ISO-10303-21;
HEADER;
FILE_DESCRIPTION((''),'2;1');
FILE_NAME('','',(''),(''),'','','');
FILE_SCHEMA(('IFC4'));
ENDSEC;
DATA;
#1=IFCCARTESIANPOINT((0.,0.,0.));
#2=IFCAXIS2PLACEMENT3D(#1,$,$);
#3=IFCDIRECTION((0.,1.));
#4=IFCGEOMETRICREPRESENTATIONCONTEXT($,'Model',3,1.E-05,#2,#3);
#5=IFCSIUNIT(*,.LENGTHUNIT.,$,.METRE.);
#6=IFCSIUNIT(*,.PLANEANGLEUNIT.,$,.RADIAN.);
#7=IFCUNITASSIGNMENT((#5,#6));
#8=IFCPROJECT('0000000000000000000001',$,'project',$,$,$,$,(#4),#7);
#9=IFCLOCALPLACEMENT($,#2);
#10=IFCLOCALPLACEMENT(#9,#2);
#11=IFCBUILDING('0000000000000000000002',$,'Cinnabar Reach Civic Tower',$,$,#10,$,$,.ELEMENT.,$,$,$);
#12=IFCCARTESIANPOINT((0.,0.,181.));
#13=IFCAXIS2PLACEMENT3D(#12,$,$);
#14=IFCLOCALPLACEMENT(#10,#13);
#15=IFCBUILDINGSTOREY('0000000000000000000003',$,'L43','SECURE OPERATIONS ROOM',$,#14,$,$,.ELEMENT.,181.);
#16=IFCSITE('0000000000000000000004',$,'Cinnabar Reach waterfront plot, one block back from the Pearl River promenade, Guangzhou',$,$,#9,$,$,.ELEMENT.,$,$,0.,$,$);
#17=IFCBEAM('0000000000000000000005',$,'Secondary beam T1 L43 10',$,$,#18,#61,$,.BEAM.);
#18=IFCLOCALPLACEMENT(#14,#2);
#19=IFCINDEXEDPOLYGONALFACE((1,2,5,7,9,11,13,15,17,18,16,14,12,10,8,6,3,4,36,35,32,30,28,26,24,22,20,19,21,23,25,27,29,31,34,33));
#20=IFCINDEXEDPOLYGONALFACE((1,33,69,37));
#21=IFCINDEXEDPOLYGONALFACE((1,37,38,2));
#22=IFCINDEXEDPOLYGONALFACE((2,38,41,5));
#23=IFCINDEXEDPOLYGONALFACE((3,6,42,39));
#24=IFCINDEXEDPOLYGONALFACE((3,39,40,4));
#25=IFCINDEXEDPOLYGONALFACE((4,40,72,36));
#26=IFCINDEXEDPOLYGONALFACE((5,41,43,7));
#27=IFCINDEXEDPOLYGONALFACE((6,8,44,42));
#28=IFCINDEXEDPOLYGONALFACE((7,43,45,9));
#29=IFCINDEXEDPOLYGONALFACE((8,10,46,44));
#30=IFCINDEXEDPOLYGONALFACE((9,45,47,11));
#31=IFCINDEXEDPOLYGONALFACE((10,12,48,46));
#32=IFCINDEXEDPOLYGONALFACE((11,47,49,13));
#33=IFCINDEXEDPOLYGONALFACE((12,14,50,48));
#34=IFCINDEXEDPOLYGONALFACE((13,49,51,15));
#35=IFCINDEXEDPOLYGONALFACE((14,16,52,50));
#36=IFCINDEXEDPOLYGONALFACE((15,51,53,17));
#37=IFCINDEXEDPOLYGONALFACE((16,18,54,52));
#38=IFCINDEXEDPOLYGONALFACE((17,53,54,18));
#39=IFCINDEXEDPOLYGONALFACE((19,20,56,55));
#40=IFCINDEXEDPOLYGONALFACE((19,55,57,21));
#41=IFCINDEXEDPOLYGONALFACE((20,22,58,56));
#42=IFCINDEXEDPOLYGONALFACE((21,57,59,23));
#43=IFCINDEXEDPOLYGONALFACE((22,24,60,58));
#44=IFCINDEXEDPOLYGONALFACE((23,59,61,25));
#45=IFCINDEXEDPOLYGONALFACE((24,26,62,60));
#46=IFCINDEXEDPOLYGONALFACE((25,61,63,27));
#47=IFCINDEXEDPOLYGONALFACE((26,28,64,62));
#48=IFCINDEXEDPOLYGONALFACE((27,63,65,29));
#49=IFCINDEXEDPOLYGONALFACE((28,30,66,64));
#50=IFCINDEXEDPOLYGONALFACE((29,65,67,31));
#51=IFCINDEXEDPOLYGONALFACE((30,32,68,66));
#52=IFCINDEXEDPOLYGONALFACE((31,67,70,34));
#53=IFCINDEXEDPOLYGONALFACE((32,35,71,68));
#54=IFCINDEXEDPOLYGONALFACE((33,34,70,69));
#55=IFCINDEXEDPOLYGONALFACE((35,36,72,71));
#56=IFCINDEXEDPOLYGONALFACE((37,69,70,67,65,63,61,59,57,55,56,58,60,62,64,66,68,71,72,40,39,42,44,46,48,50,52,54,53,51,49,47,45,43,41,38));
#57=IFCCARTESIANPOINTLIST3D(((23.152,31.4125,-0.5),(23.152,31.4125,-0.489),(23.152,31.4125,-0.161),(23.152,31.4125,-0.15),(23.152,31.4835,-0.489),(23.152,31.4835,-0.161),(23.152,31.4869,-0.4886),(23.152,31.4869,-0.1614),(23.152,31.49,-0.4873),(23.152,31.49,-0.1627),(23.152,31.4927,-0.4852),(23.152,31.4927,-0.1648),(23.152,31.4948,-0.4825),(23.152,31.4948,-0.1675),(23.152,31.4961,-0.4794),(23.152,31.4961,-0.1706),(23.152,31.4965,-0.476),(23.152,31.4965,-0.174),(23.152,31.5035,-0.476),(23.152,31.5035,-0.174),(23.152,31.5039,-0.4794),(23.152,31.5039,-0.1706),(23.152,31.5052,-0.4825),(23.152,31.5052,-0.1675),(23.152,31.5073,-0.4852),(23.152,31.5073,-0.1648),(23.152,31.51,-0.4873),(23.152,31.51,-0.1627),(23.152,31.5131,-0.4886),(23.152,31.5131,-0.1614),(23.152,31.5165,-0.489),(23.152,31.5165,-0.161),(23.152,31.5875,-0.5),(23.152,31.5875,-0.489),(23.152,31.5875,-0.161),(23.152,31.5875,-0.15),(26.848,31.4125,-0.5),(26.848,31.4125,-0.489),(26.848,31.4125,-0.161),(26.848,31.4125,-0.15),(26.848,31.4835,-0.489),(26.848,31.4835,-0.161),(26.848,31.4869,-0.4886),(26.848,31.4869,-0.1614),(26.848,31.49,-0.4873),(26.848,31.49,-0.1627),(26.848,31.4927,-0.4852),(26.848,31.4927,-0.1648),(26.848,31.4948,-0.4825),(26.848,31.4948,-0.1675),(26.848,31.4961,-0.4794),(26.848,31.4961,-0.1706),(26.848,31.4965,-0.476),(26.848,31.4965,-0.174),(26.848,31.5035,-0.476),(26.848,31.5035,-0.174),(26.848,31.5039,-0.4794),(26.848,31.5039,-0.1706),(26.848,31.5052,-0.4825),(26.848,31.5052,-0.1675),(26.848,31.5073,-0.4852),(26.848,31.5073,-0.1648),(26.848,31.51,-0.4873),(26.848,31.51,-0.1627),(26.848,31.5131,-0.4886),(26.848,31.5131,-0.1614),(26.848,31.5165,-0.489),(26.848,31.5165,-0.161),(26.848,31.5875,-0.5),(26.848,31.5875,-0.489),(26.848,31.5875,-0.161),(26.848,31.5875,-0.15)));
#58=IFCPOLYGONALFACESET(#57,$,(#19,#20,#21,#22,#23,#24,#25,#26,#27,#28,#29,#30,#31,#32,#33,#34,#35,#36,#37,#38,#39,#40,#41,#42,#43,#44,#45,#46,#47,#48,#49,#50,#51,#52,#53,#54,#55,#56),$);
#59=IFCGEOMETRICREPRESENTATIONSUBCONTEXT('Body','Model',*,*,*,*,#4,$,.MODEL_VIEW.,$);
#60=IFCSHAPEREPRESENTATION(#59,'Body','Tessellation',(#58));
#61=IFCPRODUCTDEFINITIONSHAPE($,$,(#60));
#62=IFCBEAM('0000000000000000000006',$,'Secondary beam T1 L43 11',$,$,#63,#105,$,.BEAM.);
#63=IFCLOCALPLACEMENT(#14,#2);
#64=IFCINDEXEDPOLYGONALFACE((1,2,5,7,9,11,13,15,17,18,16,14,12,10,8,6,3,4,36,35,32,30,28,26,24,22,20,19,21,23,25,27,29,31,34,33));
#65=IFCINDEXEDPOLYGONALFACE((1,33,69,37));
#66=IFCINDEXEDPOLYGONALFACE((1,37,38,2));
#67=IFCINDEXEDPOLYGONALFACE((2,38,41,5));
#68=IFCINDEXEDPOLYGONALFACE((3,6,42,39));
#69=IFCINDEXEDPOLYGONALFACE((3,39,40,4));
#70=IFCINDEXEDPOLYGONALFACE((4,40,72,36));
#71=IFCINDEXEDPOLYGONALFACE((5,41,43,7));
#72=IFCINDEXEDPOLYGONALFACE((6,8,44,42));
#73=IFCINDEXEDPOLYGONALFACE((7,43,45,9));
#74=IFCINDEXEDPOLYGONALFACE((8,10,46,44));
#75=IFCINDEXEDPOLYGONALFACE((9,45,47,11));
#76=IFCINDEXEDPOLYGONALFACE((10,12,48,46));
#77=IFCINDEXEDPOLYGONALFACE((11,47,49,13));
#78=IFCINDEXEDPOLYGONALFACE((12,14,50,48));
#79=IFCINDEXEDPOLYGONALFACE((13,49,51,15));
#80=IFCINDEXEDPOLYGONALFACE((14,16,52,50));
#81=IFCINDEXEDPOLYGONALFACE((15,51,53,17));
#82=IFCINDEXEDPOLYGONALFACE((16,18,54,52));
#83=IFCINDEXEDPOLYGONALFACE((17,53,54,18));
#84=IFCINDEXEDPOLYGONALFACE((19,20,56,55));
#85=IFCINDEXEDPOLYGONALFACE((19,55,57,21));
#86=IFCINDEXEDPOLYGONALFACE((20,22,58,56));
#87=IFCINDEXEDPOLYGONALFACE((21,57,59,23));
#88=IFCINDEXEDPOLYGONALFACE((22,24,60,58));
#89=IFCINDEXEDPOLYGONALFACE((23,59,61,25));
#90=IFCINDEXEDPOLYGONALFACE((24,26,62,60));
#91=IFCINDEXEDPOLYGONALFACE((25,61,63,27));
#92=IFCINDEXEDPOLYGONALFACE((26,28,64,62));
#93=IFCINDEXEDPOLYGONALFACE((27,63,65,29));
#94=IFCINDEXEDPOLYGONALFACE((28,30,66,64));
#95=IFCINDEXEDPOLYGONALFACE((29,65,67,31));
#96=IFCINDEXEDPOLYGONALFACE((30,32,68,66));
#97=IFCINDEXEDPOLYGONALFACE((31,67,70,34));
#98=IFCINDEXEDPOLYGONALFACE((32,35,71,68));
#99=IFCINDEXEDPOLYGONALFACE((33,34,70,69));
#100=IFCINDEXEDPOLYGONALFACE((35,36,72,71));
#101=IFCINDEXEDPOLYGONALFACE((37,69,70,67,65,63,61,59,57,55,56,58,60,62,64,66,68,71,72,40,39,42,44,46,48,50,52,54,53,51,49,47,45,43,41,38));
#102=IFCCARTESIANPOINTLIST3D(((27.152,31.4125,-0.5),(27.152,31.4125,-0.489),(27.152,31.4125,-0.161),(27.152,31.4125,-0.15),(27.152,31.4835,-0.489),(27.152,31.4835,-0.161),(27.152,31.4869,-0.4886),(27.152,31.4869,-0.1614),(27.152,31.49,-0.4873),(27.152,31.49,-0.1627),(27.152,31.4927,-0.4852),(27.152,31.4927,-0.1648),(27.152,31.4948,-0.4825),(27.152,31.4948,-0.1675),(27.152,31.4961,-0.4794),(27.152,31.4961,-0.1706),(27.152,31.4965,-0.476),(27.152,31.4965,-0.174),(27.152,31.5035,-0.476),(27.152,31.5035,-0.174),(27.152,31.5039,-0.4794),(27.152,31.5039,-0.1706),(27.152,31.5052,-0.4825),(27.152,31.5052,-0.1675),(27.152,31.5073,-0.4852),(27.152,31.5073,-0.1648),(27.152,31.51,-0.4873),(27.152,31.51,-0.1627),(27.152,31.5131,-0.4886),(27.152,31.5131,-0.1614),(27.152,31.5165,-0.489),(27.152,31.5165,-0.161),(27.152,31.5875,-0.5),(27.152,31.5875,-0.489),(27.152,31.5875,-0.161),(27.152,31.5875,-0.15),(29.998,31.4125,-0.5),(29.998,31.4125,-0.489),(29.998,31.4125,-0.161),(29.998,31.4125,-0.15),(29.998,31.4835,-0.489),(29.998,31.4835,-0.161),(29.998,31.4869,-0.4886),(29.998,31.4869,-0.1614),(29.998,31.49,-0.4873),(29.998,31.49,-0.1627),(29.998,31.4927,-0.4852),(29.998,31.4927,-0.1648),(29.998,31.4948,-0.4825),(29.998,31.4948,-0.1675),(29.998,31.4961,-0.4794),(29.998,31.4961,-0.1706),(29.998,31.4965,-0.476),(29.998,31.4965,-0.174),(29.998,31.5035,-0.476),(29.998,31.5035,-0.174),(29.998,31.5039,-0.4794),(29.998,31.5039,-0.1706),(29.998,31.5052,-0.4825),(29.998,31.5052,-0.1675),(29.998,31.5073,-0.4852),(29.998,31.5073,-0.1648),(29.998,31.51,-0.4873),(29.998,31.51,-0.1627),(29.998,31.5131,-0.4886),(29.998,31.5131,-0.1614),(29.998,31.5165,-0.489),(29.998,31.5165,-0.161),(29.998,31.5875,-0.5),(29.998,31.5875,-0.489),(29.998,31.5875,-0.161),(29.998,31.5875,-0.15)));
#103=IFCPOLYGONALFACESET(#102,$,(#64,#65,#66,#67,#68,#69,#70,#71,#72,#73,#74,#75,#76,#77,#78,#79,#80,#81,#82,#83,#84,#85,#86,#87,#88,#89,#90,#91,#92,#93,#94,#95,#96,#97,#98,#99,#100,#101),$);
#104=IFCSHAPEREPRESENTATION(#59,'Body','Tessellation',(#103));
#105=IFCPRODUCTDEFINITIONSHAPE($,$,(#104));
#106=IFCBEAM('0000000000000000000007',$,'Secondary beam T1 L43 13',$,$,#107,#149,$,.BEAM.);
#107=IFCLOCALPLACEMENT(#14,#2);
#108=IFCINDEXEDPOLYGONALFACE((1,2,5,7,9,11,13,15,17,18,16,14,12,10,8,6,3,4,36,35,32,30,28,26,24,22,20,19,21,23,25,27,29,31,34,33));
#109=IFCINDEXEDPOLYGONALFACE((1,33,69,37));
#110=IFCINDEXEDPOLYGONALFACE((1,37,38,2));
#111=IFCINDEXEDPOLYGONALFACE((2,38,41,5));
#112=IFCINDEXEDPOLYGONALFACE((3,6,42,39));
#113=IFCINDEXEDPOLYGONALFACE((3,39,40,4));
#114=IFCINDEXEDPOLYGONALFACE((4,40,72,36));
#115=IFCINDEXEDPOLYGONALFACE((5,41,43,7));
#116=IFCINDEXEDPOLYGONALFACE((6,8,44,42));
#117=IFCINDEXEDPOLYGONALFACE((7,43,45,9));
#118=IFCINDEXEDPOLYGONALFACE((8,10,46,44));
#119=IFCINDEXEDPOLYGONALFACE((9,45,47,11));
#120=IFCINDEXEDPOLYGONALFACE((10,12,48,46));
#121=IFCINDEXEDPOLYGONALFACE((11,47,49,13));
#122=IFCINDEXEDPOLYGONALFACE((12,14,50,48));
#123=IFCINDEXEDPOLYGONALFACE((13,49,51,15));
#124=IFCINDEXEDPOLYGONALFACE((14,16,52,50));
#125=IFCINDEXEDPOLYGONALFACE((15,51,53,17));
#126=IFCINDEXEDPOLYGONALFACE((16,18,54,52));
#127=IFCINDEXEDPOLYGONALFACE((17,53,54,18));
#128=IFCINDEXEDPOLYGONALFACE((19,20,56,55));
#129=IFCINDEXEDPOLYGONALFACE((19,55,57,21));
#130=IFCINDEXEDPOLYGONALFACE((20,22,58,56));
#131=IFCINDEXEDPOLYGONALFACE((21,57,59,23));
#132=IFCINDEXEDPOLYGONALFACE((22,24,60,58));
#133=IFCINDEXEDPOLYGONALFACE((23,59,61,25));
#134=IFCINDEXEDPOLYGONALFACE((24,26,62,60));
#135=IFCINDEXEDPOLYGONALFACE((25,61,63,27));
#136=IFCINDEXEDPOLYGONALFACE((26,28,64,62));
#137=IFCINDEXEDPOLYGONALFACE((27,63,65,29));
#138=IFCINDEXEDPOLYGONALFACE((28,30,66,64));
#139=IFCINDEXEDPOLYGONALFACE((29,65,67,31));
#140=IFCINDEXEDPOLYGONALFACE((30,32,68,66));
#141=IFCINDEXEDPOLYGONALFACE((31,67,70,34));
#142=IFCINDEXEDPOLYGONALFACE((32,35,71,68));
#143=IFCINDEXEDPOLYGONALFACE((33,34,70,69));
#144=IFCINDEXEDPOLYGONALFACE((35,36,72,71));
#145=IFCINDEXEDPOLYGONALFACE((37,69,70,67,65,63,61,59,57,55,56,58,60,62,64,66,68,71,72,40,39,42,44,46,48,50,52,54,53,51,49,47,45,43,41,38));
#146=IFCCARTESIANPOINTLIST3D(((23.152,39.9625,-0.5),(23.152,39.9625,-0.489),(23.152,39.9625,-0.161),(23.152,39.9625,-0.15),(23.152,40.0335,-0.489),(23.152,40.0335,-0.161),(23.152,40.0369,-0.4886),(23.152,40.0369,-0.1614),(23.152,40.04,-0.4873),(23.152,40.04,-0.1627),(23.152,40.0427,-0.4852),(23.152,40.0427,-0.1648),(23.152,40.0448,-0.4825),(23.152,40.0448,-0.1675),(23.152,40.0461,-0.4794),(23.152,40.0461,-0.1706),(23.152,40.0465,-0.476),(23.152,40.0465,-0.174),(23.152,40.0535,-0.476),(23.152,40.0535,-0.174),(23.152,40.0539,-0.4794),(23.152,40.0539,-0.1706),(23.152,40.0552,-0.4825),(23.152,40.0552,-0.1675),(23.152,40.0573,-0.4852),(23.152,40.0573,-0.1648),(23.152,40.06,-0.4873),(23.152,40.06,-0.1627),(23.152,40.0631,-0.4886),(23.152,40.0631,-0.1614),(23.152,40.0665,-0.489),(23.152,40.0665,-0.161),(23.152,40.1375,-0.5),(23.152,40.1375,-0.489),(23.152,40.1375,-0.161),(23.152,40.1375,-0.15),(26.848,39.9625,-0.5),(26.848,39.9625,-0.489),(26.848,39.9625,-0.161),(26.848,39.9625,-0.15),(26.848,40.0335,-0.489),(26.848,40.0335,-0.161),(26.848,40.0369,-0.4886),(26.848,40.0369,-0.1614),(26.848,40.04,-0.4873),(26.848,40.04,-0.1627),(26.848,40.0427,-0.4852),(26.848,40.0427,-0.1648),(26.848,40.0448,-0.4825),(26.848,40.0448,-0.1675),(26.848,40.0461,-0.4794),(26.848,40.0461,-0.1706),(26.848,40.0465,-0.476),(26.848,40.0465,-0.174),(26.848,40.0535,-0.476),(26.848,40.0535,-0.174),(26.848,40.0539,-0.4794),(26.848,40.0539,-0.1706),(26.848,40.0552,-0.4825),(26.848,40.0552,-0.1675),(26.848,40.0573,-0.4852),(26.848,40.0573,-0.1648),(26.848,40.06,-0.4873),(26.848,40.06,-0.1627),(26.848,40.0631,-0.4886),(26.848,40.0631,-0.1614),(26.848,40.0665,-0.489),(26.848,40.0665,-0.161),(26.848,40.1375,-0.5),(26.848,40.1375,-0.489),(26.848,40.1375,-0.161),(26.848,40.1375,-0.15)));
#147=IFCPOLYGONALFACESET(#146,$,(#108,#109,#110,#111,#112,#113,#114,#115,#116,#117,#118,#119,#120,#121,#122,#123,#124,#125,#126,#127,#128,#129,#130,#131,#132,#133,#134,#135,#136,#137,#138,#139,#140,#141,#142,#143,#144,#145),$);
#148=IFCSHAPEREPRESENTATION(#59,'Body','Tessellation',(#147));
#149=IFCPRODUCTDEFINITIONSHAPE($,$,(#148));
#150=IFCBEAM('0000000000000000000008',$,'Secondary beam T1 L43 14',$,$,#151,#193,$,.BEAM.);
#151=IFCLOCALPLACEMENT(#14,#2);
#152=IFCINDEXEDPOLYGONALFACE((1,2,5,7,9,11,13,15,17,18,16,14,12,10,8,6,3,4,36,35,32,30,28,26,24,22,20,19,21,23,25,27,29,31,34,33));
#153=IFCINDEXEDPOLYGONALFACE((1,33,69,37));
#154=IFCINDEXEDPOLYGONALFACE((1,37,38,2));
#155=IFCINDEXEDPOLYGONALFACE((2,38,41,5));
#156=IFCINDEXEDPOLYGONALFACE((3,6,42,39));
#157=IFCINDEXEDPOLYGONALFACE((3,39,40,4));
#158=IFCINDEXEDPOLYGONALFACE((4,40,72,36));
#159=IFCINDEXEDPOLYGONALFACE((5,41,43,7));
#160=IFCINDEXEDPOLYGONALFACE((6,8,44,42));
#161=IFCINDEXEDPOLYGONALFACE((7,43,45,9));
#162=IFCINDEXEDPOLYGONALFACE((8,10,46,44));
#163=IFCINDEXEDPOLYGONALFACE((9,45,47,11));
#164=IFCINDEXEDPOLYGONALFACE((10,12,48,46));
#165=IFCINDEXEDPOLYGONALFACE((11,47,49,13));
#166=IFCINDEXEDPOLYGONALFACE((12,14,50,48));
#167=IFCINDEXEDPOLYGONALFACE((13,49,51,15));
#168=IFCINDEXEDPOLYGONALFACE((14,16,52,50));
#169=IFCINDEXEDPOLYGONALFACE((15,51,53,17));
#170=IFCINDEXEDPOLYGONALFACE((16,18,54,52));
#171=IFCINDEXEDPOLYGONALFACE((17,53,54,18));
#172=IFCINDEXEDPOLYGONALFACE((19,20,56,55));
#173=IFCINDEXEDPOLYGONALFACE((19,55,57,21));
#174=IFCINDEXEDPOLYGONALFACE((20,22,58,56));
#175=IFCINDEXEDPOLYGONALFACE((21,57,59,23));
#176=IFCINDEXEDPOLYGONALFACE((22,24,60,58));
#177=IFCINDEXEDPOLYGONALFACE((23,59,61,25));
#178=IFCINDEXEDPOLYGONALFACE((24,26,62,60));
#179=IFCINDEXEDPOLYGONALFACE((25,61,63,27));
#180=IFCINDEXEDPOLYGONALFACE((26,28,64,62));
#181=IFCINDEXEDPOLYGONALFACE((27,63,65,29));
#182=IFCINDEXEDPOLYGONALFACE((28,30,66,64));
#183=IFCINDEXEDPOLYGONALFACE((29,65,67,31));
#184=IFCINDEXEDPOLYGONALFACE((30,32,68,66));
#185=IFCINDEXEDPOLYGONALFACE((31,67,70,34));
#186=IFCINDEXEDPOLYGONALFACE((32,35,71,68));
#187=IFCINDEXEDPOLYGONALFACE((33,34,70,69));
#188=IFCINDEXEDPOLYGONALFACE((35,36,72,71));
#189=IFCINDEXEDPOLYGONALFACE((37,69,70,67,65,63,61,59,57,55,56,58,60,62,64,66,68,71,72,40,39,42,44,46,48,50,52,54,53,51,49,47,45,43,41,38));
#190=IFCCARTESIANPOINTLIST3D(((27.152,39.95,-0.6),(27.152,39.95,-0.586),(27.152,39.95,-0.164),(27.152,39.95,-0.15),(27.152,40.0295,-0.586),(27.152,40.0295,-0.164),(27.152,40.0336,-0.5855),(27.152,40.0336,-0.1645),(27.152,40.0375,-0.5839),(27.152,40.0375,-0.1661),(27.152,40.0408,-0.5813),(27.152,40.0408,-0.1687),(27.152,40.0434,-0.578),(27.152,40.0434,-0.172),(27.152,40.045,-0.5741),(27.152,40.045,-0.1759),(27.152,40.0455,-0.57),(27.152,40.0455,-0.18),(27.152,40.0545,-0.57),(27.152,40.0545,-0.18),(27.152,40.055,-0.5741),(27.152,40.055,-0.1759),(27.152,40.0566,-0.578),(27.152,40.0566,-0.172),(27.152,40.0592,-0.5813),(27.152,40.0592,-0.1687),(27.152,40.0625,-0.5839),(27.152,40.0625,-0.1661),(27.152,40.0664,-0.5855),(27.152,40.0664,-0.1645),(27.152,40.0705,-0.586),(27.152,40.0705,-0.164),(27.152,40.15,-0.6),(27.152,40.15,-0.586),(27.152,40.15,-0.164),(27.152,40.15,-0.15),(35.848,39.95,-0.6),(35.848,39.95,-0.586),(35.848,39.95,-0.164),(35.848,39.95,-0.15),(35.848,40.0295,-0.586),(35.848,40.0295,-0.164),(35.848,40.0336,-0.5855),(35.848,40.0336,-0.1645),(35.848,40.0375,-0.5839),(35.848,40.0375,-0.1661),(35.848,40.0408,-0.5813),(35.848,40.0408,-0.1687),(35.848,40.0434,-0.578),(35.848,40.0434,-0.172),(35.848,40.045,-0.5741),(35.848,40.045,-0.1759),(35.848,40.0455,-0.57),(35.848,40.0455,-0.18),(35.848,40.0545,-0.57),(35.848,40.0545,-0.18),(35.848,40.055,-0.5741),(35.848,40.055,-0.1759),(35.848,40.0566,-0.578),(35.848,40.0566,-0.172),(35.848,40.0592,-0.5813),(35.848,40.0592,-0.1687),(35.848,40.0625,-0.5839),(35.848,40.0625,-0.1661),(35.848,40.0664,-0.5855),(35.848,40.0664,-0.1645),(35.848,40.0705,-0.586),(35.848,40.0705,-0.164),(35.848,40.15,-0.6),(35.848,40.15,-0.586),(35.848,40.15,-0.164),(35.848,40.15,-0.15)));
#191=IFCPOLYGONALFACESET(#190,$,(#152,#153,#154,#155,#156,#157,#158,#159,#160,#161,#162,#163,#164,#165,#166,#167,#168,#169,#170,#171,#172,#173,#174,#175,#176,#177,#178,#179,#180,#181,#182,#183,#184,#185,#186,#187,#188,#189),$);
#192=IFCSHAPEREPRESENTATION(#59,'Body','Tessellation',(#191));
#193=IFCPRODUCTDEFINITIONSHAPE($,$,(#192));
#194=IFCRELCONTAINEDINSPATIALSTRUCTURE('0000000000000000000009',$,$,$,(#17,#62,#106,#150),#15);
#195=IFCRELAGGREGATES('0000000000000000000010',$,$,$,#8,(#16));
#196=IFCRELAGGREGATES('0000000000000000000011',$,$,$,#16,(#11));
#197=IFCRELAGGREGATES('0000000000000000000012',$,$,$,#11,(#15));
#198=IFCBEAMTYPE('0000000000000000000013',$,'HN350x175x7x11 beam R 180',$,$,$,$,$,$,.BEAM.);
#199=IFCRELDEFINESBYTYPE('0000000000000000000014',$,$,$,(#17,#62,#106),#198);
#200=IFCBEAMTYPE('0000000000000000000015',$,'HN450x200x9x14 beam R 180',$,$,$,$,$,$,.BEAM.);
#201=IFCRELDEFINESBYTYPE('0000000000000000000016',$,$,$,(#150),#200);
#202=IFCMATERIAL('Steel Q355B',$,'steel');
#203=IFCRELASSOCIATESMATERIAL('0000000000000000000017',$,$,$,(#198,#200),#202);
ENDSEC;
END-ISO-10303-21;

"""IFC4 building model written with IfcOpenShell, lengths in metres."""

from ifc_helpers import new_model, si_unit, direction, frame, origin, origin_2d, place, context, subcontext, project, spatial, i_section, extrude, material, material_profile, profile_set, type_object, element, save


model = new_model("IFC4")

# Units and contexts
model_context = context("Model", 3, precision=1e-05, world=origin(), true_north=direction((0.0, 1.0)))
body_context = subcontext(model_context, "Body", "Model", "MODEL_VIEW")
ifc_project = project(units=[si_unit("LENGTHUNIT", "METRE"), si_unit("PLANEANGLEUNIT", "RADIAN")], contexts=[model_context])

# Site, building, storey
site_placement = place(None, origin())
site = spatial("IfcSite", under=ifc_project, at=site_placement, Name="Cinnabar Reach waterfront plot, one block back from the Pearl River promenade, Guangzhou", CompositionType="ELEMENT", RefElevation=0.0)
building_placement = place(site_placement, origin())
building = spatial("IfcBuilding", under=site, at=building_placement, Name="Cinnabar Reach Civic Tower", CompositionType="ELEMENT")
storey_placement = place(building_placement, frame((0.0, 0.0, 181.0)))
storey = spatial("IfcBuildingStorey", under=building, at=storey_placement, Name="L43", Description="SECURE OPERATIONS ROOM", CompositionType="ELEMENT", Elevation=181.0)

# Beams
ifc_material_1 = material(Name="Steel Q355B", Category="steel")
ifc_material_profile_1 = material_profile(ifc_material_1, i_section(OverallWidth=0.175, OverallDepth=0.35, WebThickness=0.007, FlangeThickness=0.011, FilletRadius=0.013, at=origin_2d()), Name="HN350x175x7x11")
ifc_profile_set_1 = profile_set([ifc_material_profile_1], Name="Steel Q355B")
beam_type_1 = type_object("IfcBeamType", Name="HN350x175x7x11 beam R 180", PredefinedType="BEAM", material=ifc_profile_set_1)
beam_1_placement = place(storey_placement, frame((23.152, 31.5, -0.325), z_axis=(1.0, 0.0, 0.0), x_axis=(0.0, 1.0, 0.0)))
element("IfcBeam", 1, at=beam_1_placement, inside=storey, type_object=beam_type_1, Name="Secondary beam T1 L43 10", PredefinedType="BEAM", context=body_context, shape_type="SweptSolid", body=[
    extrude(i_section(OverallWidth=0.175, OverallDepth=0.35, WebThickness=0.007, FlangeThickness=0.011, FilletRadius=0.013, at=origin_2d()), origin(), (0.0, 0.0, 1.0), 3.696),
])
beam_2_placement = place(storey_placement, frame((27.152, 31.5, -0.325), z_axis=(1.0, 0.0, 0.0), x_axis=(0.0, 1.0, 0.0)))
element("IfcBeam", 2, at=beam_2_placement, inside=storey, type_object=beam_type_1, Name="Secondary beam T1 L43 11", PredefinedType="BEAM", context=body_context, shape_type="SweptSolid", body=[
    extrude(i_section(OverallWidth=0.175, OverallDepth=0.35, WebThickness=0.007, FlangeThickness=0.011, FilletRadius=0.013, at=origin_2d()), origin(), (0.0, 0.0, 1.0), 2.846),
])
beam_3_placement = place(storey_placement, frame((23.152, 40.05, -0.325), z_axis=(1.0, 0.0, 0.0), x_axis=(0.0, 1.0, 0.0)))
element("IfcBeam", 3, at=beam_3_placement, inside=storey, type_object=beam_type_1, Name="Secondary beam T1 L43 13", PredefinedType="BEAM", context=body_context, shape_type="SweptSolid", body=[
    extrude(i_section(OverallWidth=0.175, OverallDepth=0.35, WebThickness=0.007, FlangeThickness=0.011, FilletRadius=0.013, at=origin_2d()), origin(), (0.0, 0.0, 1.0), 3.696),
])
ifc_material_profile_2 = material_profile(ifc_material_1, i_section(OverallWidth=0.2, OverallDepth=0.45, WebThickness=0.009, FlangeThickness=0.014, FilletRadius=0.016, at=origin_2d()), Name="HN450x200x9x14")
ifc_profile_set_2 = profile_set([ifc_material_profile_2], Name="Steel Q355B")
beam_type_2 = type_object("IfcBeamType", Name="HN450x200x9x14 beam R 180", PredefinedType="BEAM", material=ifc_profile_set_2)
for number, where, z_axis, x_axis, name in (
    (4, (27.152, 40.05, -0.375), (1.0, 0.0, 0.0), (0.0, 1.0, 0.0), "Secondary beam T1 L43 14"),
):
    element("IfcBeam", number, at=place(storey_placement, frame(where, z_axis=z_axis, x_axis=x_axis)), inside=storey, type_object=beam_type_2, Name=name, PredefinedType="BEAM", context=body_context, shape_type="SweptSolid", body=[
        extrude(i_section(OverallWidth=0.2, OverallDepth=0.45, WebThickness=0.009, FlangeThickness=0.014, FilletRadius=0.016, at=origin_2d()), origin(), (0.0, 0.0, 1.0), 8.696),
    ])

save(model, "model.ifc")
